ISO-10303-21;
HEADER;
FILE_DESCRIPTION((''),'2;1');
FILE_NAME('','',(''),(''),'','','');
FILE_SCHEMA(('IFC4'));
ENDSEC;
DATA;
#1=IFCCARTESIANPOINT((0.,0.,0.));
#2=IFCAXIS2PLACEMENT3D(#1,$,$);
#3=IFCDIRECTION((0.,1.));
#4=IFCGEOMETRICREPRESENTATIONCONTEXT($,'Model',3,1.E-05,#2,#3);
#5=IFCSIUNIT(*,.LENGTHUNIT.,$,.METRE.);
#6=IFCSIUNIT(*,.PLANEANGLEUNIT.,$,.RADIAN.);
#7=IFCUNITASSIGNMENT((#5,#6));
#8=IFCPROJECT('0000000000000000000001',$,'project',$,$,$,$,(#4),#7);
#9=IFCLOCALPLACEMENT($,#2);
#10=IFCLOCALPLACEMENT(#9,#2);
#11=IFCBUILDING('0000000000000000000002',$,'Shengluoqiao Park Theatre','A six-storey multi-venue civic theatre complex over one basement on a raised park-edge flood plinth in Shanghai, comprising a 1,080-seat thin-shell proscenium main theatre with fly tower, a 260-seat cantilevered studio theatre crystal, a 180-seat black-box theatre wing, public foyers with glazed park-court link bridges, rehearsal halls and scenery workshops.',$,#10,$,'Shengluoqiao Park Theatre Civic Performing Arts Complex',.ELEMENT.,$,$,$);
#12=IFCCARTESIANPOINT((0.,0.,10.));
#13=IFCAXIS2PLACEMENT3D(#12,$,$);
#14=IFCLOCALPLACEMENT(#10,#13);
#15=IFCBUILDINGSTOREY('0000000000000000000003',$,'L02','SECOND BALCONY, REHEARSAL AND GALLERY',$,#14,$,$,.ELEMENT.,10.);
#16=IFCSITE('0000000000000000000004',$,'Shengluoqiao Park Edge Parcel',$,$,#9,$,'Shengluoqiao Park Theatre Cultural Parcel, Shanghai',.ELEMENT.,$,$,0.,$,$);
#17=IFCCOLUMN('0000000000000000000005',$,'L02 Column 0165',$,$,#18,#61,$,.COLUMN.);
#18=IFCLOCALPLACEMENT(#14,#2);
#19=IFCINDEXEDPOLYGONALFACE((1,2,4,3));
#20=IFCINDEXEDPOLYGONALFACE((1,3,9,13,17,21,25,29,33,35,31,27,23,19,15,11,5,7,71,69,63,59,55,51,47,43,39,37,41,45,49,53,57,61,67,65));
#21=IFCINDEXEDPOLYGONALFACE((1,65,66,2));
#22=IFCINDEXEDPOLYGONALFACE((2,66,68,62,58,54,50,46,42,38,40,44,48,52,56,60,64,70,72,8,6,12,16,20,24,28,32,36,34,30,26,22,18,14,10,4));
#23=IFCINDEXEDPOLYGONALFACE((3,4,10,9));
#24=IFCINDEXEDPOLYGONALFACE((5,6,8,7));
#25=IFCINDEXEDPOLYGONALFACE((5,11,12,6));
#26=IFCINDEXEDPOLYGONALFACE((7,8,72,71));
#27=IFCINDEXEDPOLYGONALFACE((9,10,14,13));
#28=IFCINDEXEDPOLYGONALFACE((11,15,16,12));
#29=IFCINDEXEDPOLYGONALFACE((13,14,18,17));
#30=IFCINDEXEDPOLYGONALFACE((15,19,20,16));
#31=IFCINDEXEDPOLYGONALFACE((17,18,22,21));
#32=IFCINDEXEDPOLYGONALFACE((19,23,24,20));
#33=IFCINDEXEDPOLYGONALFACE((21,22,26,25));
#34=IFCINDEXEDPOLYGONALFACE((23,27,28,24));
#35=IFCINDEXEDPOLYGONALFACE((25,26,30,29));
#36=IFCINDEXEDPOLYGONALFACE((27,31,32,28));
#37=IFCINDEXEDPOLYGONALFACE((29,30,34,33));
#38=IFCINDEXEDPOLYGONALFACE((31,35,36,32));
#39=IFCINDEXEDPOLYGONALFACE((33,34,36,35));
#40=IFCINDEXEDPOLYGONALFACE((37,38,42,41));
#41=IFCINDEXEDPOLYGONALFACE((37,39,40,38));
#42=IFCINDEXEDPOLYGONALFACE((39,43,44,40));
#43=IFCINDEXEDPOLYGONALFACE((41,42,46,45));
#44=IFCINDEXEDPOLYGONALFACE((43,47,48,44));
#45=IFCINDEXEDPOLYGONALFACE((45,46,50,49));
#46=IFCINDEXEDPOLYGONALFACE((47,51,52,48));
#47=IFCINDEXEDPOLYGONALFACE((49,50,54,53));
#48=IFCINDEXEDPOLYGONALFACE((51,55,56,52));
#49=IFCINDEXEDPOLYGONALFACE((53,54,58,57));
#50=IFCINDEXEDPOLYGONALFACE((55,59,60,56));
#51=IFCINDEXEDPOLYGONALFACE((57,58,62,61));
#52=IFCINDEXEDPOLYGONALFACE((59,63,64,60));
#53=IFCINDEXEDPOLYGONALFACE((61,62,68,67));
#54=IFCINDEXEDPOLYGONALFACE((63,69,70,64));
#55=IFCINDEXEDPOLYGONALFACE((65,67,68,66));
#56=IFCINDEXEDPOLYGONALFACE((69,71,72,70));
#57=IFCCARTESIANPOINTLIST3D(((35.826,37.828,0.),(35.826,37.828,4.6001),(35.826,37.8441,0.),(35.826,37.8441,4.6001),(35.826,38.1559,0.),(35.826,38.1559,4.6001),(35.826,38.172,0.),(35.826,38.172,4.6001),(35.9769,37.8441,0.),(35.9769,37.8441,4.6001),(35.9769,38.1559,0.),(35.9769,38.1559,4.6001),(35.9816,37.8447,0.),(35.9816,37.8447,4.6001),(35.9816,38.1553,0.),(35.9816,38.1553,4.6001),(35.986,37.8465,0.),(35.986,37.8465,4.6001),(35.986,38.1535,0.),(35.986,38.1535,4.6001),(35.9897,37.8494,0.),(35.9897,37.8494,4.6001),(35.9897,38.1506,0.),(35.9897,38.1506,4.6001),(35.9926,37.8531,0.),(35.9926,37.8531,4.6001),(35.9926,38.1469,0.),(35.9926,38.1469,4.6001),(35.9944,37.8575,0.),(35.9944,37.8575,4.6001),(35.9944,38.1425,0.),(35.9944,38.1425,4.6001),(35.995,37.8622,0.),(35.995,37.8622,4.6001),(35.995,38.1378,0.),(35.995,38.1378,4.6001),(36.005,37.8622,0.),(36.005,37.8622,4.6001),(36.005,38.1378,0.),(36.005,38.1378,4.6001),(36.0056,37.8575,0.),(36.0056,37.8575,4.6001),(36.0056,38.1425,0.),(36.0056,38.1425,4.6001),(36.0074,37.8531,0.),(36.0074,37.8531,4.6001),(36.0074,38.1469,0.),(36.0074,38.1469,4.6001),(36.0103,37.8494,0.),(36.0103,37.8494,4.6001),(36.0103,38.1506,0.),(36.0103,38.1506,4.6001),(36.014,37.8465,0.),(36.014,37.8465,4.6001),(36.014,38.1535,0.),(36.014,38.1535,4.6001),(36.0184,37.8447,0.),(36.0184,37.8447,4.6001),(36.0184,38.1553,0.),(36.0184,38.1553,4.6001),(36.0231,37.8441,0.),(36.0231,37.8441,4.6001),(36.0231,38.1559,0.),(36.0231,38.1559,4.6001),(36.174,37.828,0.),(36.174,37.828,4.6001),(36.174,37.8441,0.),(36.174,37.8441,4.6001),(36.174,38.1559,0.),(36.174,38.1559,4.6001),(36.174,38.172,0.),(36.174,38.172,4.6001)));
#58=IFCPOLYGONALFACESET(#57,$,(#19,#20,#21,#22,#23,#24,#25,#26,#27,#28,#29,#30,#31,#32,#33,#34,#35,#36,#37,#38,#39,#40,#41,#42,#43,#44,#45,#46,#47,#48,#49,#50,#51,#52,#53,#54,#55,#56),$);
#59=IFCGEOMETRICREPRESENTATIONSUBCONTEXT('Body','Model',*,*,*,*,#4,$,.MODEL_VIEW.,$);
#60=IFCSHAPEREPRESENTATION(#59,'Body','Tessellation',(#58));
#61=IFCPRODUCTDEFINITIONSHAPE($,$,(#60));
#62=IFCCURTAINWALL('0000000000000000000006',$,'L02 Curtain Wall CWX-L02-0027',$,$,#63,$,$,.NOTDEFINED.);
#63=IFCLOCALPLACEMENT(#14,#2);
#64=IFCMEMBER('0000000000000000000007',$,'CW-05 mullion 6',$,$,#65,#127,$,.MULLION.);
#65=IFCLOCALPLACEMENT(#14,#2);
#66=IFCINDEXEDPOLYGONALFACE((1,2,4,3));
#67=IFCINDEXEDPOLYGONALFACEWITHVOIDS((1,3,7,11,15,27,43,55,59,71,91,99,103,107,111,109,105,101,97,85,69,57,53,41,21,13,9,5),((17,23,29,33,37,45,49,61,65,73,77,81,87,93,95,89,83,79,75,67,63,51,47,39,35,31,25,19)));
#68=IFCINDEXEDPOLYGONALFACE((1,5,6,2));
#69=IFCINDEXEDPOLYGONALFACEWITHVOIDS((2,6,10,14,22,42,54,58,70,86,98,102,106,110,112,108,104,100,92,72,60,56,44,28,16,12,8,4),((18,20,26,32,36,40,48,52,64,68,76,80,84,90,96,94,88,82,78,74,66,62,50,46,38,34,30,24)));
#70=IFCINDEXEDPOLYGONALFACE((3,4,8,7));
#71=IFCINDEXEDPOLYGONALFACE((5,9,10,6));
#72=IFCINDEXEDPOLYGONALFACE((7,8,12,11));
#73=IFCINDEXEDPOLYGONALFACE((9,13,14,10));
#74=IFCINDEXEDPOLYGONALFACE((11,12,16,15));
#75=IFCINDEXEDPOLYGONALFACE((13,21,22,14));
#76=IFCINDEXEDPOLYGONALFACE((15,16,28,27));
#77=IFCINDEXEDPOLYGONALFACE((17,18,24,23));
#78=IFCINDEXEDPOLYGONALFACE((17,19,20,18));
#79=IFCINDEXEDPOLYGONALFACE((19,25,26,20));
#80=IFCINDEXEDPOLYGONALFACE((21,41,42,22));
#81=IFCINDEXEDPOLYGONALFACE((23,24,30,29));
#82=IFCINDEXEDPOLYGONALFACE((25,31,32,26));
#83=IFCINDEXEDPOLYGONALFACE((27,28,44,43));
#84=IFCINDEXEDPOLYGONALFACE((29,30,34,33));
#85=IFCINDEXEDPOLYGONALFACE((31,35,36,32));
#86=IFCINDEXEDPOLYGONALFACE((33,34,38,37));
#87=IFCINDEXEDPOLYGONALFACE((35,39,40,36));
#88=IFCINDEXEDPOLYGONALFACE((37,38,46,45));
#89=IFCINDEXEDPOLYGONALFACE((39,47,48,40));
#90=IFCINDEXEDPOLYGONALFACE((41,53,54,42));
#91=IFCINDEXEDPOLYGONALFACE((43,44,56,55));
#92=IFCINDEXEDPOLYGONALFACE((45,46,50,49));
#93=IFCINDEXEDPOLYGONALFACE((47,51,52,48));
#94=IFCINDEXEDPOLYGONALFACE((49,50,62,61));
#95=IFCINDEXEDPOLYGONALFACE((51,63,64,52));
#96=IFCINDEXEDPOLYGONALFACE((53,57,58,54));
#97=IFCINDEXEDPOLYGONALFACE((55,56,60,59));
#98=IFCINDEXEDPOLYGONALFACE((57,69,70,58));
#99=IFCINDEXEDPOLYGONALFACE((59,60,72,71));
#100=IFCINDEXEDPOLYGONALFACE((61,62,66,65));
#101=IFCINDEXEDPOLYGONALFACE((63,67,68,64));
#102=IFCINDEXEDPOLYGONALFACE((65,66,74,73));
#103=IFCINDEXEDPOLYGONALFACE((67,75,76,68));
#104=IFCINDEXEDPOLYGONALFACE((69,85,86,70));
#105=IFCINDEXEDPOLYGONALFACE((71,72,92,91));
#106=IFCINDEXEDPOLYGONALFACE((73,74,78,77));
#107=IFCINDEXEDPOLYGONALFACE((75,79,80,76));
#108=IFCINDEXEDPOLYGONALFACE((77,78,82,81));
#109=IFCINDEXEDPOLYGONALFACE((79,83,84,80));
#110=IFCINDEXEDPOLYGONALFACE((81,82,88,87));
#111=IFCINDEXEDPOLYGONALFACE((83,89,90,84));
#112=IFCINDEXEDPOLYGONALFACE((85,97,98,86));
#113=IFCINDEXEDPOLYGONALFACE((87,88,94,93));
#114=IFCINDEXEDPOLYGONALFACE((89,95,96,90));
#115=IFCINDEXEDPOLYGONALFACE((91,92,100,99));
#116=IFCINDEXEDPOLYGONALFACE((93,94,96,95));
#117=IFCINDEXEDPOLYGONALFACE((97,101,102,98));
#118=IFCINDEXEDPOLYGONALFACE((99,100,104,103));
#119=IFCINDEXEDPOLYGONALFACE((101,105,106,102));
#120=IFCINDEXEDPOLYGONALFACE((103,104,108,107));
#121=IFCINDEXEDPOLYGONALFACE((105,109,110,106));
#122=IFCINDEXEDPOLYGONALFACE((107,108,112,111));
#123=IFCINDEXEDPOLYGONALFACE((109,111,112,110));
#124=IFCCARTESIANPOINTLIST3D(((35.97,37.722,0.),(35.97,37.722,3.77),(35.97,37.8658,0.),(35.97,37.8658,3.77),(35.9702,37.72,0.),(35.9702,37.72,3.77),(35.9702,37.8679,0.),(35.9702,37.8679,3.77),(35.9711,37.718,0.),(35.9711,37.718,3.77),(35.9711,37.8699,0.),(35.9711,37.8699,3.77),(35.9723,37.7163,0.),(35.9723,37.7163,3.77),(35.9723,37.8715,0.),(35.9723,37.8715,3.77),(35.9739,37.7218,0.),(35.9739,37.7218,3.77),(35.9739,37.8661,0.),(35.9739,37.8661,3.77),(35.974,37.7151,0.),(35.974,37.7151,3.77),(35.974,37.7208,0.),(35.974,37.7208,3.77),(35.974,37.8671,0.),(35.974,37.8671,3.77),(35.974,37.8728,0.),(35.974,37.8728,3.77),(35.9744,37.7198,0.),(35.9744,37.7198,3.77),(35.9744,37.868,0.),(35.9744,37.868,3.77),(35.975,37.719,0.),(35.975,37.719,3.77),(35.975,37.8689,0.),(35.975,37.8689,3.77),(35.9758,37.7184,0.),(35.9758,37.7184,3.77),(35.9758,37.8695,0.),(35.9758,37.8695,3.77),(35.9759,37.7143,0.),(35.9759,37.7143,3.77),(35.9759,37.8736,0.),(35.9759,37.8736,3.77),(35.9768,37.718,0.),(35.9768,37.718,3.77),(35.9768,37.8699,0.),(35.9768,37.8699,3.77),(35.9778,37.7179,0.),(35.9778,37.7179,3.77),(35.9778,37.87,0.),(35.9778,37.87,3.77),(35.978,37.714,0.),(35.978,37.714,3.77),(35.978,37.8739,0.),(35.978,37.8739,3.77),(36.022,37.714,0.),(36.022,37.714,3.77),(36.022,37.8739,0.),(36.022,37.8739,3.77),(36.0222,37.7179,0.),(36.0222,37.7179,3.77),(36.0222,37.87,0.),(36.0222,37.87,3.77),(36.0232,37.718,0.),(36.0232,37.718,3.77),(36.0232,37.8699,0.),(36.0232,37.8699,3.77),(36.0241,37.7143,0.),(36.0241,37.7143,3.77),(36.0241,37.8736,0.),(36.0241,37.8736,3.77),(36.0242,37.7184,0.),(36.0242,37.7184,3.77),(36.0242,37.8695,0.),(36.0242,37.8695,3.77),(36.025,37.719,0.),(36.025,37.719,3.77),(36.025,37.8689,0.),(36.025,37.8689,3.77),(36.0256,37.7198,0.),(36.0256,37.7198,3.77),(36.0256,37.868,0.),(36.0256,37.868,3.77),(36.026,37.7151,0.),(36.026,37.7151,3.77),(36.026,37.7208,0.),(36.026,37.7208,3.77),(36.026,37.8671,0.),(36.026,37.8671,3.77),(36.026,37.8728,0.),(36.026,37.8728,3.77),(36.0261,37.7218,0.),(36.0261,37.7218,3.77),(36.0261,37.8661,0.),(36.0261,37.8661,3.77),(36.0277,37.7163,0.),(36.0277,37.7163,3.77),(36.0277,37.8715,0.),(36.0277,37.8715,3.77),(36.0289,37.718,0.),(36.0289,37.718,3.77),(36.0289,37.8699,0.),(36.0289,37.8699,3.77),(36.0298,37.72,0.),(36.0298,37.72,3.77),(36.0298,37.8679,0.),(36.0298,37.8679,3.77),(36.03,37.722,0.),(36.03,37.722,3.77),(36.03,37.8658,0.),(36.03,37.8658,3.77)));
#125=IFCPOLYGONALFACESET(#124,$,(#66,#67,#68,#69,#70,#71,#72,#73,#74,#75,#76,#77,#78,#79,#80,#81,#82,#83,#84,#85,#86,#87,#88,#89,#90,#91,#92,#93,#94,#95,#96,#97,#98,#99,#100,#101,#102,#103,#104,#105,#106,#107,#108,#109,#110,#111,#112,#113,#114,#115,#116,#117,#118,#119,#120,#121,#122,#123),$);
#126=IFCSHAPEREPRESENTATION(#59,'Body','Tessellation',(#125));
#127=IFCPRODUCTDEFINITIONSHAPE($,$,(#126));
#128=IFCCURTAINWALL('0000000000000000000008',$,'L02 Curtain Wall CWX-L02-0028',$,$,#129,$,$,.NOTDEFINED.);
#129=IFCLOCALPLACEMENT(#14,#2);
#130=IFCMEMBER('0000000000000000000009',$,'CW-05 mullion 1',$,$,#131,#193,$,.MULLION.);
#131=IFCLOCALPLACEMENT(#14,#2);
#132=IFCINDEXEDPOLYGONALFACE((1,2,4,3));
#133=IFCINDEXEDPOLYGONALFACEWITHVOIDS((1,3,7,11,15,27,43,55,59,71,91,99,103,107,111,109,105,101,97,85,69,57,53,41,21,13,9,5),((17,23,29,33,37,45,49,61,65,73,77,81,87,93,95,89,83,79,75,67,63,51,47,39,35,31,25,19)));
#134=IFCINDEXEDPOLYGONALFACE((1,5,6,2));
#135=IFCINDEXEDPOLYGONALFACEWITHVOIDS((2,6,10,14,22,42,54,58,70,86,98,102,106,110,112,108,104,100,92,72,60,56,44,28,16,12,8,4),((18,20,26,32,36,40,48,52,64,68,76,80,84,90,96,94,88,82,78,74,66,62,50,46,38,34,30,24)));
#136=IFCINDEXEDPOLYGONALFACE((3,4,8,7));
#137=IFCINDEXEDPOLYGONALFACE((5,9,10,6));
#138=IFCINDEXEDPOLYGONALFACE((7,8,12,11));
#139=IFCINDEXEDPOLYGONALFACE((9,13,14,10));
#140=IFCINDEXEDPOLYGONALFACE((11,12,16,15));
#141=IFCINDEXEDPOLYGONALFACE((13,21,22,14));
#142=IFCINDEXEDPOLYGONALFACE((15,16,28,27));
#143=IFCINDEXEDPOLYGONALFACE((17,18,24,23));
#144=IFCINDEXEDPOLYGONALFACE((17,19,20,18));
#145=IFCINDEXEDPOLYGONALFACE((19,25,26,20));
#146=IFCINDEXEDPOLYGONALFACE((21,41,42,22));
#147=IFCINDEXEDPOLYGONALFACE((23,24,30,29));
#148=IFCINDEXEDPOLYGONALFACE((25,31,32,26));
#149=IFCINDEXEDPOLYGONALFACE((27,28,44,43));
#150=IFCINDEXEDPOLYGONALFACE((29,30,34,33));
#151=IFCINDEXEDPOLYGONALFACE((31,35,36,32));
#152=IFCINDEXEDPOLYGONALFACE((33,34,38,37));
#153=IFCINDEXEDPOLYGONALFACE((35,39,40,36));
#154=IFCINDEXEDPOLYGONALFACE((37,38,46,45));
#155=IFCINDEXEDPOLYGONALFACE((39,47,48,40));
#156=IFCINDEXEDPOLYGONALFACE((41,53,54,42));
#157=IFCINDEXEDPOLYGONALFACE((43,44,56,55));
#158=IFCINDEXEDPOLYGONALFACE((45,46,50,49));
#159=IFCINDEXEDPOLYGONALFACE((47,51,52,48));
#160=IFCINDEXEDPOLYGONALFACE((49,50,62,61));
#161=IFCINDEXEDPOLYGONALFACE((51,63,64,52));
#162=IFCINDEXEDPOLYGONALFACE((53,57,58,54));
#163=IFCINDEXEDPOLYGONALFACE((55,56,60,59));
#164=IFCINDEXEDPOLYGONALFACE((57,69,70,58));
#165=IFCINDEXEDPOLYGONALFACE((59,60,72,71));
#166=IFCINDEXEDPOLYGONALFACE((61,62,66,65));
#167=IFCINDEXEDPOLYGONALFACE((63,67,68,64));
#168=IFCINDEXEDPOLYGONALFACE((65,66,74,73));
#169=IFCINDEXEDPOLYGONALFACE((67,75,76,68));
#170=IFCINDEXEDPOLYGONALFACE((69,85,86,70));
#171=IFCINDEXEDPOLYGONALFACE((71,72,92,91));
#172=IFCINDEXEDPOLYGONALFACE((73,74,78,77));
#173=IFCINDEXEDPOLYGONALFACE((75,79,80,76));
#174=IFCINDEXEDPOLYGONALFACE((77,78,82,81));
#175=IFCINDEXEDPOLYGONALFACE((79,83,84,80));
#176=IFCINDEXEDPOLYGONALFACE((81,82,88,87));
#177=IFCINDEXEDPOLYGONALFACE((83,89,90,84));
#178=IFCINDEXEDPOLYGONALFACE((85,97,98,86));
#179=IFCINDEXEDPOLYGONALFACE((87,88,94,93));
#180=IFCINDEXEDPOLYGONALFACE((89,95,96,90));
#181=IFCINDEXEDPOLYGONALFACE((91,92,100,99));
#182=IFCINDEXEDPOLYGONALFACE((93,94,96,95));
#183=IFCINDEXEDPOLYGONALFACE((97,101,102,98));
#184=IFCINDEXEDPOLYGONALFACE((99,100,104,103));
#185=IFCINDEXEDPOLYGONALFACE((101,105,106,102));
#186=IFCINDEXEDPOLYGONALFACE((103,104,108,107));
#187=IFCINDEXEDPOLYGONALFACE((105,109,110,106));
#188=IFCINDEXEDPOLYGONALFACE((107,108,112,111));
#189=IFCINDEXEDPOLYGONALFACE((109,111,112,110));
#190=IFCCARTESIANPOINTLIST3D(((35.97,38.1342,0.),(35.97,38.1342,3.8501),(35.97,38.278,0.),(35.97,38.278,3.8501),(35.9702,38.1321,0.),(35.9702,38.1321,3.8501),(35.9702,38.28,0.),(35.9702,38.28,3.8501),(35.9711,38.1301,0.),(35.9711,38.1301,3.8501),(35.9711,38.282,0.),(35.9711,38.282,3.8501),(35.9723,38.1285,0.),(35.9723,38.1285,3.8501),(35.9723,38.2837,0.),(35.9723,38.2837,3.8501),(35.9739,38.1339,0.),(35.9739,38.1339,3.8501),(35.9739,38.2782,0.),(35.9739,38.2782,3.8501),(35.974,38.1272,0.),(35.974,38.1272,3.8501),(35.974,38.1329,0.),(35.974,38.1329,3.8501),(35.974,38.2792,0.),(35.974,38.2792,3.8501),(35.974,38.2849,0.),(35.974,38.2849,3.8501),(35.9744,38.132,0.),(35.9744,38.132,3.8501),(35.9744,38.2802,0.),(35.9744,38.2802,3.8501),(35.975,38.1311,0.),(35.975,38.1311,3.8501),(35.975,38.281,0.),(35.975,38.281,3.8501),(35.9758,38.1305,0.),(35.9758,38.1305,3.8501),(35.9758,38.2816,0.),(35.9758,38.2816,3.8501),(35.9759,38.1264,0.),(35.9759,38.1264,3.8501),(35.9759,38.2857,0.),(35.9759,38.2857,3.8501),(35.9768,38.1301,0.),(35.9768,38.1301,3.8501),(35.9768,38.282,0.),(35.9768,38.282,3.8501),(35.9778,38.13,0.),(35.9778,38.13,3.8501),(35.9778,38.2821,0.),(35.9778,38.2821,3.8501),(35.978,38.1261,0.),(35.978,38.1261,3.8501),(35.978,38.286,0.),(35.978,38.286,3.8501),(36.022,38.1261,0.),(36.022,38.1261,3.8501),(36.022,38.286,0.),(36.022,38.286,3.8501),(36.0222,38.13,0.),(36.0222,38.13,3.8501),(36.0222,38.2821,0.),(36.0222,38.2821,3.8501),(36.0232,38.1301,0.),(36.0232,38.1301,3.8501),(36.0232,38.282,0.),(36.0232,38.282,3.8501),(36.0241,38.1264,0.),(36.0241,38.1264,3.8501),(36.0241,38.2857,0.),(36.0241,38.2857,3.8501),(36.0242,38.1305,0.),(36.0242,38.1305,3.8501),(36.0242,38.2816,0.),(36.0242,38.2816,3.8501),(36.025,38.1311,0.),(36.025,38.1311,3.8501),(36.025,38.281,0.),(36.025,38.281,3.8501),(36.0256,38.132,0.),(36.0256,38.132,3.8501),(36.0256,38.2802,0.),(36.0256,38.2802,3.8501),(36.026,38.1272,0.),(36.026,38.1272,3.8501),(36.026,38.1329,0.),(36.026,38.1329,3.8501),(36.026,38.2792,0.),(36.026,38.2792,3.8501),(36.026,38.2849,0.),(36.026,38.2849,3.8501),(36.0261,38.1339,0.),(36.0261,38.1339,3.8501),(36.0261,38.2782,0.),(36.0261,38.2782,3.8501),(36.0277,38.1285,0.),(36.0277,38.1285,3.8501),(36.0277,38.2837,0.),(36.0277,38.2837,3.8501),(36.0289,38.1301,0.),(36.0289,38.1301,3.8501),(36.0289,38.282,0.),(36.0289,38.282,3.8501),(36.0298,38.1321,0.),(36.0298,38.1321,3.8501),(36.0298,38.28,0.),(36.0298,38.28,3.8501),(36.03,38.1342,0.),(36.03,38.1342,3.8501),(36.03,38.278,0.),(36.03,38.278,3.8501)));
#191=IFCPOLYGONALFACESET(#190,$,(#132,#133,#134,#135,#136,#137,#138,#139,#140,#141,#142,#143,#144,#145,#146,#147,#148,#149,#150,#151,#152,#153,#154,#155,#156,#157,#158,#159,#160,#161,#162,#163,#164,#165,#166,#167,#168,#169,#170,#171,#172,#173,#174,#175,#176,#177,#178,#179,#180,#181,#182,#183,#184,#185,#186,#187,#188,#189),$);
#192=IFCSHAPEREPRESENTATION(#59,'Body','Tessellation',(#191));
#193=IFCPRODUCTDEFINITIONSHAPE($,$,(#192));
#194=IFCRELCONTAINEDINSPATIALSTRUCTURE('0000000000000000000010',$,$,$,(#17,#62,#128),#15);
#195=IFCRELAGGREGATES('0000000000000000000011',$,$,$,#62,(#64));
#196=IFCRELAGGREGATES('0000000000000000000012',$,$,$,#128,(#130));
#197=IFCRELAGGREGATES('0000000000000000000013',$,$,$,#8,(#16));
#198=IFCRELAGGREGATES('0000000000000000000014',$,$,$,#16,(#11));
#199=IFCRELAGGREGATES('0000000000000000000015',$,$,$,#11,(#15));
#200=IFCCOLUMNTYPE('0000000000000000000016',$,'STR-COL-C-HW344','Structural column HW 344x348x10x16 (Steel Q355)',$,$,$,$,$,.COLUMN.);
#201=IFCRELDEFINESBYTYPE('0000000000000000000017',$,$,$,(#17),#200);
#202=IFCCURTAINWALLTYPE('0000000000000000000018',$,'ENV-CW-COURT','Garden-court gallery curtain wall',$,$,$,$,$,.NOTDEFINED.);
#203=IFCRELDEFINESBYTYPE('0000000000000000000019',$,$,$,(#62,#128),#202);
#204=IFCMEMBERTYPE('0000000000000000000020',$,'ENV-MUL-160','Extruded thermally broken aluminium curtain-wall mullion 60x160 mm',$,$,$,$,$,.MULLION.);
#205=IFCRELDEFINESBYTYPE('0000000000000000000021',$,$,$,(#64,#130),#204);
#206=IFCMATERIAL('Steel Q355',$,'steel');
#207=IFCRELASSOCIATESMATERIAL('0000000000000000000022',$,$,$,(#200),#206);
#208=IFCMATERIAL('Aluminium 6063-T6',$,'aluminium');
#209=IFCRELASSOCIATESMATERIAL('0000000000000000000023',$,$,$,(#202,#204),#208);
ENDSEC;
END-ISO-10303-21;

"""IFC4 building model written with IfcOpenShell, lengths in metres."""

from ifc_helpers import new_model, si_unit, direction, frame, origin, origin_2d, place, context, subcontext, project, spatial, hollow_rectangle, i_section, extrude, material, material_profile, profile_set, type_object, element, aggregate, save


model = new_model("IFC4")

# Units and contexts
model_context = context("Model", 3, precision=1e-05, world=origin(), true_north=direction((0.0, 1.0)))
body_context = subcontext(model_context, "Body", "Model", "MODEL_VIEW")
ifc_project = project(units=[si_unit("LENGTHUNIT", "METRE"), si_unit("PLANEANGLEUNIT", "RADIAN")], contexts=[model_context])

# Site, building, storey
site_placement = place(None, origin())
site = spatial("IfcSite", under=ifc_project, at=site_placement, Name="Shengluoqiao Park Edge Parcel", LongName="Shengluoqiao Park Theatre Cultural Parcel, Shanghai", CompositionType="ELEMENT", RefElevation=0.0)
building_placement = place(site_placement, origin())
building = spatial("IfcBuilding", under=site, at=building_placement, Name="Shengluoqiao Park Theatre", Description="A six-storey multi-venue civic theatre complex over one basement on a raised park-edge flood plinth in Shanghai, comprising a 1,080-seat thin-shell proscenium main theatre with fly tower, a 260-seat cantilevered studio theatre crystal, a 180-seat black-box theatre wing, public foyers with glazed park-court link bridges, rehearsal halls and scenery workshops.", LongName="Shengluoqiao Park Theatre Civic Performing Arts Complex", CompositionType="ELEMENT")
storey_placement = place(building_placement, frame((0.0, 0.0, 10.0)))
storey = spatial("IfcBuildingStorey", under=building, at=storey_placement, Name="L02", Description="SECOND BALCONY, REHEARSAL AND GALLERY", CompositionType="ELEMENT", Elevation=10.0)

# Column
ifc_material_1 = material(Name="Steel Q355", Category="steel")
ifc_material_profile_1 = material_profile(ifc_material_1, i_section(OverallWidth=0.3479, OverallDepth=0.344, WebThickness=0.01, FlangeThickness=0.0161, FilletRadius=0.0181, at=origin_2d()), Name="HW 344x348x10x16")
ifc_profile_set_1 = profile_set([ifc_material_profile_1], Name="Steel Q355")
column_type = type_object("IfcColumnType", Name="STR-COL-C-HW344", Description="Structural column HW 344x348x10x16 (Steel Q355)", PredefinedType="COLUMN", material=ifc_profile_set_1)
column_placement = place(storey_placement, frame((36.0, 38.0, 0.0), z_axis=(0.0, 0.0, 1.0), x_axis=(1.0, 0.0, 0.0)))
element("IfcColumn", 1, at=column_placement, inside=storey, type_object=column_type, Name="L02 Column 0165", PredefinedType="COLUMN", context=body_context, shape_type="SweptSolid", body=[
    extrude(i_section(OverallWidth=0.3479, OverallDepth=0.344, WebThickness=0.01, FlangeThickness=0.0161, FilletRadius=0.0181, at=origin_2d()), origin(), (0.0, 0.0, 1.0), 4.6001),
])

# Curtain wall, member
ifc_material_2 = material(Name="Aluminium 6063-T6", Category="aluminium")
curtain_wall_type = type_object("IfcCurtainWallType", Name="ENV-CW-COURT", Description="Garden-court gallery curtain wall", PredefinedType="NOTDEFINED", material=ifc_material_2)
curtain_wall_1_placement = place(storey_placement, origin())
curtain_wall_1 = element("IfcCurtainWall", 2, at=curtain_wall_1_placement, inside=storey, type_object=curtain_wall_type, Name="L02 Curtain Wall CWX-L02-0027", PredefinedType="NOTDEFINED")
ifc_material_profile_2 = material_profile(ifc_material_2, hollow_rectangle(XDim=0.0601, YDim=0.1599, WallThickness=0.0039, InnerFilletRadius=0.0039, OuterFilletRadius=0.0081, at=origin_2d()), Name="ALU MULLION 160x60x4")
ifc_profile_set_2 = profile_set([ifc_material_profile_2], Name="Aluminium 6063-T6")
member_type_1 = type_object("IfcMemberType", Name="ENV-MUL-160", Description="Extruded thermally broken aluminium curtain-wall mullion 60x160 mm", PredefinedType="MULLION", material=ifc_profile_set_2)
member_1_placement = place(storey_placement, frame((36.0, 37.7939, 0.0), z_axis=(0.0, 0.0, 1.0), x_axis=(-1.0, 0.0, 0.0)))
member_1 = element("IfcMember", 3, at=member_1_placement, type_object=member_type_1, Name="CW-05 mullion 6", PredefinedType="MULLION", context=body_context, shape_type="SweptSolid", body=[
    extrude(hollow_rectangle(XDim=0.0601, YDim=0.1599, WallThickness=0.0039, InnerFilletRadius=0.0039, OuterFilletRadius=0.0081, at=origin_2d()), origin(), (0.0, 0.0, 1.0), 3.77),
])

# Curtain wall, member
curtain_wall_2_placement = place(storey_placement, origin())
curtain_wall_2 = element("IfcCurtainWall", 4, at=curtain_wall_2_placement, inside=storey, type_object=curtain_wall_type, Name="L02 Curtain Wall CWX-L02-0028", PredefinedType="NOTDEFINED")
member_2_placement = place(storey_placement, frame((36.0, 38.2061, 0.0), z_axis=(0.0, 0.0, 1.0), x_axis=(-1.0, 0.0, 0.0)))
member_2 = element("IfcMember", 5, at=member_2_placement, type_object=member_type_1, Name="CW-05 mullion 1", PredefinedType="MULLION", context=body_context, shape_type="SweptSolid", body=[
    extrude(hollow_rectangle(XDim=0.0601, YDim=0.1599, WallThickness=0.0039, InnerFilletRadius=0.0039, OuterFilletRadius=0.0081, at=origin_2d()), origin(), (0.0, 0.0, 1.0), 3.8501),
])

aggregate(curtain_wall_1, [member_1])
aggregate(curtain_wall_2, [member_2])

save(model, "model.ifc")
